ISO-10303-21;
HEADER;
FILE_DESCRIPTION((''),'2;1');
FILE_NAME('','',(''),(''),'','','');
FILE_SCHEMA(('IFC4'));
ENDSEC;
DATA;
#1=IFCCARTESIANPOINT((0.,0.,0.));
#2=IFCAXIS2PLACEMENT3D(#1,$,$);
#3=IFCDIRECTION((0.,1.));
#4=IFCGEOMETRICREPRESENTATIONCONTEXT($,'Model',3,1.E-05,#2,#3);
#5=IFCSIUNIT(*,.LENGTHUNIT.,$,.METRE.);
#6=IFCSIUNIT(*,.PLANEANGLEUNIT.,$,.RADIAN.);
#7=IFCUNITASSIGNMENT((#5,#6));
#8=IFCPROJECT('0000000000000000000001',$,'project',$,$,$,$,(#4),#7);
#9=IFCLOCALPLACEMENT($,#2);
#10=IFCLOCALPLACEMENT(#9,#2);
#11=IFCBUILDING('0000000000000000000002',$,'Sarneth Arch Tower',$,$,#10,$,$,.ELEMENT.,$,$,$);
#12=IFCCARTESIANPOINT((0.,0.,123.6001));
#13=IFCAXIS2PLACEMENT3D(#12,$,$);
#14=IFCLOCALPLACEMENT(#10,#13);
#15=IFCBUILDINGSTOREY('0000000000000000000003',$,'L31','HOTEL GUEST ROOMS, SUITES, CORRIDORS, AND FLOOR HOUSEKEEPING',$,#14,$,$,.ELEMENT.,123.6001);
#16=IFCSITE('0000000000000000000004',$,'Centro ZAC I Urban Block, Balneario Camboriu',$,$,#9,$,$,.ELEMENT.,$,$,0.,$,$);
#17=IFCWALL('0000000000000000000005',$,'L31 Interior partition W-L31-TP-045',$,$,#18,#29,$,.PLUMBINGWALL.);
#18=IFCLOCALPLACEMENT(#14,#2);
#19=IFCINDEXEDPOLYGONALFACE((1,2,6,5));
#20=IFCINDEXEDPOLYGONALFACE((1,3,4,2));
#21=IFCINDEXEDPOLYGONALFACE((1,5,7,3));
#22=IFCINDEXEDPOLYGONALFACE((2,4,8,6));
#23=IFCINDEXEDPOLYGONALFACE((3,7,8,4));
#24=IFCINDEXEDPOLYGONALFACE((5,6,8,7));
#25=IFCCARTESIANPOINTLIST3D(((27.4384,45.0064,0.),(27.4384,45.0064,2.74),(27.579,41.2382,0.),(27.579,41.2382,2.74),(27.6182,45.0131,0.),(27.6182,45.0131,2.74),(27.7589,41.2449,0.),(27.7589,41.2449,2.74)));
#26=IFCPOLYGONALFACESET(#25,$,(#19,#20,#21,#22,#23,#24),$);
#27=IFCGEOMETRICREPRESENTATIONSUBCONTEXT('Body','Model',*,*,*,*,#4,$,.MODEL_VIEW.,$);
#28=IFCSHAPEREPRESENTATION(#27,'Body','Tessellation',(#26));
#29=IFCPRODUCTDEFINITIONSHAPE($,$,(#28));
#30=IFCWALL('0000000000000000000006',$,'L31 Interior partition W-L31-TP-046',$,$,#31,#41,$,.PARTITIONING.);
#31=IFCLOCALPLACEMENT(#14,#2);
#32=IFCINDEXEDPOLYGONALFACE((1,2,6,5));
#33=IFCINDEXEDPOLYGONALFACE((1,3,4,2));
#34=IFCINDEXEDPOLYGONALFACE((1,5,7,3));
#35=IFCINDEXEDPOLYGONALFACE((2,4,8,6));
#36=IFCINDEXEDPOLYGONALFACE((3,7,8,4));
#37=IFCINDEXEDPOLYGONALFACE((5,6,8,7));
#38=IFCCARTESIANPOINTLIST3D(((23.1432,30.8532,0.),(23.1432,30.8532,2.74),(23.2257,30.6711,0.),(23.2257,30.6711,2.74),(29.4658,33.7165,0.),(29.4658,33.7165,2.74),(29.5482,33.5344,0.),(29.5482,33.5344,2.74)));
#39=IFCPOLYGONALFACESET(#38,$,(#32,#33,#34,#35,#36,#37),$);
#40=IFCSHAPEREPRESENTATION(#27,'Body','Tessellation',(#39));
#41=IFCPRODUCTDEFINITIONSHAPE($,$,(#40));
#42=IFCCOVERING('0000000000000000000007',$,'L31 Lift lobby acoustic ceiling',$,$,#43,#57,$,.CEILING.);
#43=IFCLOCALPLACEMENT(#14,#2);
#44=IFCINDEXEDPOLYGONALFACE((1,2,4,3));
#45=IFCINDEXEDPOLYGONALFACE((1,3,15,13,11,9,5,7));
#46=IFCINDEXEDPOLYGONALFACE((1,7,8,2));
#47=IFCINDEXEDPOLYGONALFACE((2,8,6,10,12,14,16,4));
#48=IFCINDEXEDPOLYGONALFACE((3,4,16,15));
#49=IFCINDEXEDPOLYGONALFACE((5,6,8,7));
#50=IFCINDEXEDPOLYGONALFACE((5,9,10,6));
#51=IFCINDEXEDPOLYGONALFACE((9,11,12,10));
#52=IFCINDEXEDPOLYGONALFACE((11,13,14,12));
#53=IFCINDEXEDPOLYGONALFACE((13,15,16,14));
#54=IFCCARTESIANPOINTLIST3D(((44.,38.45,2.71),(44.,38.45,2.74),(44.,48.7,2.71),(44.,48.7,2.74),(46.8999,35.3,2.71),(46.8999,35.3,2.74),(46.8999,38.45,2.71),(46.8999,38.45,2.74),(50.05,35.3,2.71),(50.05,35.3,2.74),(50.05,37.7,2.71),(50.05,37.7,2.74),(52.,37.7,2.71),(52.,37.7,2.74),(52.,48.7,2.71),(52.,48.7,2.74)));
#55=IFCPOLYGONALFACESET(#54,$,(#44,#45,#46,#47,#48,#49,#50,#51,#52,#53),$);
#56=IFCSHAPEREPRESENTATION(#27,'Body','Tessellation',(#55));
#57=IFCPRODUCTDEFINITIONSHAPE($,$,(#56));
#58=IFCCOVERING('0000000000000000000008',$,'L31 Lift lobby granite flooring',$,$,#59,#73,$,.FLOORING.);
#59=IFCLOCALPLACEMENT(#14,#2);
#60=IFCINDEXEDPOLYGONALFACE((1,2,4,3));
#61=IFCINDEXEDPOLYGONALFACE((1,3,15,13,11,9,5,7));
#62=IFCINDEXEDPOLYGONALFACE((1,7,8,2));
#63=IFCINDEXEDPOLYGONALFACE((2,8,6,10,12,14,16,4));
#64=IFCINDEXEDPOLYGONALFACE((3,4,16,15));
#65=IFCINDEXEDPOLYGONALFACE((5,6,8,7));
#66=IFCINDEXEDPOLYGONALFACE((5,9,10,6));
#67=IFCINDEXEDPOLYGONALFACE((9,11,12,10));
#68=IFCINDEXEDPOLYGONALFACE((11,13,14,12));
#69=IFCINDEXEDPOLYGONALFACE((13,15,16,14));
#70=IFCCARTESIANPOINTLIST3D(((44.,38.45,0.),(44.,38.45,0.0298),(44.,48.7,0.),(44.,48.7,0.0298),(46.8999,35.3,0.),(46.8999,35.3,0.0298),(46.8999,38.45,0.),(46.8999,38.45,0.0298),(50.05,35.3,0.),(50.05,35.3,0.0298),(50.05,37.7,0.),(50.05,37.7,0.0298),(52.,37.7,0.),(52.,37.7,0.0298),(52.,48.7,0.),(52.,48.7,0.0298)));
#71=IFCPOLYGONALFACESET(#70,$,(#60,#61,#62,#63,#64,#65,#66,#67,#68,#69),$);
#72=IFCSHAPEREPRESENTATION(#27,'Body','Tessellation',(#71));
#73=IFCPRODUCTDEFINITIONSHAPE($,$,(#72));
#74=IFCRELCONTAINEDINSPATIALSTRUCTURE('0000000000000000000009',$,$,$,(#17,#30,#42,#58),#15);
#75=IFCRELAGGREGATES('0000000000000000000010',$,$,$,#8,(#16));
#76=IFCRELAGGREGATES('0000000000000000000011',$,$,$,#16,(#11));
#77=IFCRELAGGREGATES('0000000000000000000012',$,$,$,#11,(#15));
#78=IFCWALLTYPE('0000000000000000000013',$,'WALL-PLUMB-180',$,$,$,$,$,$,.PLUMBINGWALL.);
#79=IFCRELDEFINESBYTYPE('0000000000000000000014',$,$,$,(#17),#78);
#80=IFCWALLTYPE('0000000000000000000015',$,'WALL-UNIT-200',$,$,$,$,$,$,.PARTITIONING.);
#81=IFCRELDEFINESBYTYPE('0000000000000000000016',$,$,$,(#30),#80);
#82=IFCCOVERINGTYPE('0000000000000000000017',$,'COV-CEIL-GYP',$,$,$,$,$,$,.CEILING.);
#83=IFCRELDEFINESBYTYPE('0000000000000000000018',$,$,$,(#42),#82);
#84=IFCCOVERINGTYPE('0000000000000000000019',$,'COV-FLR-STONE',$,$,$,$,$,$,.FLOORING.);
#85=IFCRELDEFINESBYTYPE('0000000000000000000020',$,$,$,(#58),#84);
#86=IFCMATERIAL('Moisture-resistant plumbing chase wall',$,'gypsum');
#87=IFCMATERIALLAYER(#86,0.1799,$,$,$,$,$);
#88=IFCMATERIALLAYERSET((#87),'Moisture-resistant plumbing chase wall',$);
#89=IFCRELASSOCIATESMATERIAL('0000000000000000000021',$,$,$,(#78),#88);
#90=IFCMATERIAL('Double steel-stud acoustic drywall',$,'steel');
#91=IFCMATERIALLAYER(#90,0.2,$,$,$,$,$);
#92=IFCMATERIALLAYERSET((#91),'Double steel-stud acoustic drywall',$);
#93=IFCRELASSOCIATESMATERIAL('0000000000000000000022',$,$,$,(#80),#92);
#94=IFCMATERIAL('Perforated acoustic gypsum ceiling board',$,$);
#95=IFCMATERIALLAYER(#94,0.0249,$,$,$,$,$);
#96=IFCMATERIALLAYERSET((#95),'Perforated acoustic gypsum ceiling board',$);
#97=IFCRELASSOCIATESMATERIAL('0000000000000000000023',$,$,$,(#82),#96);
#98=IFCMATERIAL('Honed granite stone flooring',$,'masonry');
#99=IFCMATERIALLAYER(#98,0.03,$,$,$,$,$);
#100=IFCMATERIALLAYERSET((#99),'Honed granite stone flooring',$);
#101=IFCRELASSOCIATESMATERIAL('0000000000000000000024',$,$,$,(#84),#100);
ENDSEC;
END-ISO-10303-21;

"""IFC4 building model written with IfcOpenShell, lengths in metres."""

from ifc_helpers import new_model, si_unit, direction, frame, frame_2d, origin, place, context, subcontext, project, spatial, polyline, rectangle, outline, extrude, material, layer, layer_set, type_object, element, save


model = new_model("IFC4")

# Units and contexts
model_context = context("Model", 3, precision=1e-05, world=origin(), true_north=direction((0.0, 1.0)))
body_context = subcontext(model_context, "Body", "Model", "MODEL_VIEW")
ifc_project = project(units=[si_unit("LENGTHUNIT", "METRE"), si_unit("PLANEANGLEUNIT", "RADIAN")], contexts=[model_context])

# Site, building, storey
site_placement = place(None, origin())
site = spatial("IfcSite", under=ifc_project, at=site_placement, Name="Centro ZAC I Urban Block, Balneario Camboriu", CompositionType="ELEMENT", RefElevation=0.0)
building_placement = place(site_placement, origin())
building = spatial("IfcBuilding", under=site, at=building_placement, Name="Sarneth Arch Tower", CompositionType="ELEMENT")
storey_placement = place(building_placement, frame((0.0, 0.0, 123.6001)))
storey = spatial("IfcBuildingStorey", under=building, at=storey_placement, Name="L31", Description="HOTEL GUEST ROOMS, SUITES, CORRIDORS, AND FLOOR HOUSEKEEPING", CompositionType="ELEMENT", Elevation=123.6001)

# Walls
ifc_material_1 = material(Name="Moisture-resistant plumbing chase wall", Category="gypsum")
ifc_layer_1 = layer(ifc_material_1, 0.1799)
ifc_layer_set_1 = layer_set([ifc_layer_1], Name="Moisture-resistant plumbing chase wall")
wall_type_1 = type_object("IfcWallType", Name="WALL-PLUMB-180", PredefinedType="PLUMBINGWALL", material=ifc_layer_set_1)
wall_1_placement = place(storey_placement, frame((27.6689, 41.2417, 0.0), z_axis=(0.0, 0.0, 1.0), x_axis=(-0.037294, 0.999304, 0.0)))
element("IfcWall", 1, at=wall_1_placement, inside=storey, type_object=wall_type_1, Name="L31 Interior partition W-L31-TP-045", PredefinedType="PLUMBINGWALL", context=body_context, shape_type="SweptSolid", body=[
    extrude(rectangle(XDim=3.7708, YDim=0.1799, at=frame_2d((1.8853, 0.0))), origin(), (0.0, 0.0, 1.0), 2.74),
])
ifc_material_2 = material(Name="Double steel-stud acoustic drywall", Category="steel")
ifc_layer_2 = layer(ifc_material_2, 0.2)
ifc_layer_set_2 = layer_set([ifc_layer_2], Name="Double steel-stud acoustic drywall")
wall_type_2 = type_object("IfcWallType", Name="WALL-UNIT-200", PredefinedType="PARTITIONING", material=ifc_layer_set_2)
wall_2_placement = place(storey_placement, frame((23.1846, 30.7622, 0.0), z_axis=(0.0, 0.0, 1.0), x_axis=(0.91094, 0.412538, 0.0)))
element("IfcWall", 2, at=wall_2_placement, inside=storey, type_object=wall_type_2, Name="L31 Interior partition W-L31-TP-046", PredefinedType="PARTITIONING", context=body_context, shape_type="SweptSolid", body=[
    extrude(rectangle(XDim=6.9407, YDim=0.2, at=frame_2d((3.4702, 0.0))), origin(), (0.0, 0.0, 1.0), 2.74),
])

# Coverings
ifc_material_3 = material(Name="Perforated acoustic gypsum ceiling board")
ifc_layer_3 = layer(ifc_material_3, 0.0249)
ifc_layer_set_3 = layer_set([ifc_layer_3], Name="Perforated acoustic gypsum ceiling board")
covering_type_1 = type_object("IfcCoveringType", Name="COV-CEIL-GYP", PredefinedType="CEILING", material=ifc_layer_set_3)
covering_1_placement = place(storey_placement, frame((0.0, 0.0, 2.71)))
element("IfcCovering", 3, at=covering_1_placement, inside=storey, type_object=covering_type_1, Name="L31 Lift lobby acoustic ceiling", PredefinedType="CEILING", context=body_context, shape_type="SweptSolid", body=[
    extrude(outline(polyline([(52.0, 37.7), (50.05, 37.7), (50.05, 35.3), (46.8999, 35.3), (46.8999, 38.45), (44.0, 38.45), (44.0, 48.7), (52.0, 48.7), (52.0, 37.7)])), origin(), (0.0, 0.0, 1.0), 0.03),
])
ifc_material_4 = material(Name="Honed granite stone flooring", Category="masonry")
ifc_layer_4 = layer(ifc_material_4, 0.03)
ifc_layer_set_4 = layer_set([ifc_layer_4], Name="Honed granite stone flooring")
covering_type_2 = type_object("IfcCoveringType", Name="COV-FLR-STONE", PredefinedType="FLOORING", material=ifc_layer_set_4)
covering_2_placement = place(storey_placement, origin())
element("IfcCovering", 4, at=covering_2_placement, inside=storey, type_object=covering_type_2, Name="L31 Lift lobby granite flooring", PredefinedType="FLOORING", context=body_context, shape_type="SweptSolid", body=[
    extrude(outline(polyline([(52.0, 37.7), (50.05, 37.7), (50.05, 35.3), (46.8999, 35.3), (46.8999, 38.45), (44.0, 38.45), (44.0, 48.7), (52.0, 48.7), (52.0, 37.7)])), origin(), (0.0, 0.0, 1.0), 0.0298),
])

save(model, "model.ifc")
